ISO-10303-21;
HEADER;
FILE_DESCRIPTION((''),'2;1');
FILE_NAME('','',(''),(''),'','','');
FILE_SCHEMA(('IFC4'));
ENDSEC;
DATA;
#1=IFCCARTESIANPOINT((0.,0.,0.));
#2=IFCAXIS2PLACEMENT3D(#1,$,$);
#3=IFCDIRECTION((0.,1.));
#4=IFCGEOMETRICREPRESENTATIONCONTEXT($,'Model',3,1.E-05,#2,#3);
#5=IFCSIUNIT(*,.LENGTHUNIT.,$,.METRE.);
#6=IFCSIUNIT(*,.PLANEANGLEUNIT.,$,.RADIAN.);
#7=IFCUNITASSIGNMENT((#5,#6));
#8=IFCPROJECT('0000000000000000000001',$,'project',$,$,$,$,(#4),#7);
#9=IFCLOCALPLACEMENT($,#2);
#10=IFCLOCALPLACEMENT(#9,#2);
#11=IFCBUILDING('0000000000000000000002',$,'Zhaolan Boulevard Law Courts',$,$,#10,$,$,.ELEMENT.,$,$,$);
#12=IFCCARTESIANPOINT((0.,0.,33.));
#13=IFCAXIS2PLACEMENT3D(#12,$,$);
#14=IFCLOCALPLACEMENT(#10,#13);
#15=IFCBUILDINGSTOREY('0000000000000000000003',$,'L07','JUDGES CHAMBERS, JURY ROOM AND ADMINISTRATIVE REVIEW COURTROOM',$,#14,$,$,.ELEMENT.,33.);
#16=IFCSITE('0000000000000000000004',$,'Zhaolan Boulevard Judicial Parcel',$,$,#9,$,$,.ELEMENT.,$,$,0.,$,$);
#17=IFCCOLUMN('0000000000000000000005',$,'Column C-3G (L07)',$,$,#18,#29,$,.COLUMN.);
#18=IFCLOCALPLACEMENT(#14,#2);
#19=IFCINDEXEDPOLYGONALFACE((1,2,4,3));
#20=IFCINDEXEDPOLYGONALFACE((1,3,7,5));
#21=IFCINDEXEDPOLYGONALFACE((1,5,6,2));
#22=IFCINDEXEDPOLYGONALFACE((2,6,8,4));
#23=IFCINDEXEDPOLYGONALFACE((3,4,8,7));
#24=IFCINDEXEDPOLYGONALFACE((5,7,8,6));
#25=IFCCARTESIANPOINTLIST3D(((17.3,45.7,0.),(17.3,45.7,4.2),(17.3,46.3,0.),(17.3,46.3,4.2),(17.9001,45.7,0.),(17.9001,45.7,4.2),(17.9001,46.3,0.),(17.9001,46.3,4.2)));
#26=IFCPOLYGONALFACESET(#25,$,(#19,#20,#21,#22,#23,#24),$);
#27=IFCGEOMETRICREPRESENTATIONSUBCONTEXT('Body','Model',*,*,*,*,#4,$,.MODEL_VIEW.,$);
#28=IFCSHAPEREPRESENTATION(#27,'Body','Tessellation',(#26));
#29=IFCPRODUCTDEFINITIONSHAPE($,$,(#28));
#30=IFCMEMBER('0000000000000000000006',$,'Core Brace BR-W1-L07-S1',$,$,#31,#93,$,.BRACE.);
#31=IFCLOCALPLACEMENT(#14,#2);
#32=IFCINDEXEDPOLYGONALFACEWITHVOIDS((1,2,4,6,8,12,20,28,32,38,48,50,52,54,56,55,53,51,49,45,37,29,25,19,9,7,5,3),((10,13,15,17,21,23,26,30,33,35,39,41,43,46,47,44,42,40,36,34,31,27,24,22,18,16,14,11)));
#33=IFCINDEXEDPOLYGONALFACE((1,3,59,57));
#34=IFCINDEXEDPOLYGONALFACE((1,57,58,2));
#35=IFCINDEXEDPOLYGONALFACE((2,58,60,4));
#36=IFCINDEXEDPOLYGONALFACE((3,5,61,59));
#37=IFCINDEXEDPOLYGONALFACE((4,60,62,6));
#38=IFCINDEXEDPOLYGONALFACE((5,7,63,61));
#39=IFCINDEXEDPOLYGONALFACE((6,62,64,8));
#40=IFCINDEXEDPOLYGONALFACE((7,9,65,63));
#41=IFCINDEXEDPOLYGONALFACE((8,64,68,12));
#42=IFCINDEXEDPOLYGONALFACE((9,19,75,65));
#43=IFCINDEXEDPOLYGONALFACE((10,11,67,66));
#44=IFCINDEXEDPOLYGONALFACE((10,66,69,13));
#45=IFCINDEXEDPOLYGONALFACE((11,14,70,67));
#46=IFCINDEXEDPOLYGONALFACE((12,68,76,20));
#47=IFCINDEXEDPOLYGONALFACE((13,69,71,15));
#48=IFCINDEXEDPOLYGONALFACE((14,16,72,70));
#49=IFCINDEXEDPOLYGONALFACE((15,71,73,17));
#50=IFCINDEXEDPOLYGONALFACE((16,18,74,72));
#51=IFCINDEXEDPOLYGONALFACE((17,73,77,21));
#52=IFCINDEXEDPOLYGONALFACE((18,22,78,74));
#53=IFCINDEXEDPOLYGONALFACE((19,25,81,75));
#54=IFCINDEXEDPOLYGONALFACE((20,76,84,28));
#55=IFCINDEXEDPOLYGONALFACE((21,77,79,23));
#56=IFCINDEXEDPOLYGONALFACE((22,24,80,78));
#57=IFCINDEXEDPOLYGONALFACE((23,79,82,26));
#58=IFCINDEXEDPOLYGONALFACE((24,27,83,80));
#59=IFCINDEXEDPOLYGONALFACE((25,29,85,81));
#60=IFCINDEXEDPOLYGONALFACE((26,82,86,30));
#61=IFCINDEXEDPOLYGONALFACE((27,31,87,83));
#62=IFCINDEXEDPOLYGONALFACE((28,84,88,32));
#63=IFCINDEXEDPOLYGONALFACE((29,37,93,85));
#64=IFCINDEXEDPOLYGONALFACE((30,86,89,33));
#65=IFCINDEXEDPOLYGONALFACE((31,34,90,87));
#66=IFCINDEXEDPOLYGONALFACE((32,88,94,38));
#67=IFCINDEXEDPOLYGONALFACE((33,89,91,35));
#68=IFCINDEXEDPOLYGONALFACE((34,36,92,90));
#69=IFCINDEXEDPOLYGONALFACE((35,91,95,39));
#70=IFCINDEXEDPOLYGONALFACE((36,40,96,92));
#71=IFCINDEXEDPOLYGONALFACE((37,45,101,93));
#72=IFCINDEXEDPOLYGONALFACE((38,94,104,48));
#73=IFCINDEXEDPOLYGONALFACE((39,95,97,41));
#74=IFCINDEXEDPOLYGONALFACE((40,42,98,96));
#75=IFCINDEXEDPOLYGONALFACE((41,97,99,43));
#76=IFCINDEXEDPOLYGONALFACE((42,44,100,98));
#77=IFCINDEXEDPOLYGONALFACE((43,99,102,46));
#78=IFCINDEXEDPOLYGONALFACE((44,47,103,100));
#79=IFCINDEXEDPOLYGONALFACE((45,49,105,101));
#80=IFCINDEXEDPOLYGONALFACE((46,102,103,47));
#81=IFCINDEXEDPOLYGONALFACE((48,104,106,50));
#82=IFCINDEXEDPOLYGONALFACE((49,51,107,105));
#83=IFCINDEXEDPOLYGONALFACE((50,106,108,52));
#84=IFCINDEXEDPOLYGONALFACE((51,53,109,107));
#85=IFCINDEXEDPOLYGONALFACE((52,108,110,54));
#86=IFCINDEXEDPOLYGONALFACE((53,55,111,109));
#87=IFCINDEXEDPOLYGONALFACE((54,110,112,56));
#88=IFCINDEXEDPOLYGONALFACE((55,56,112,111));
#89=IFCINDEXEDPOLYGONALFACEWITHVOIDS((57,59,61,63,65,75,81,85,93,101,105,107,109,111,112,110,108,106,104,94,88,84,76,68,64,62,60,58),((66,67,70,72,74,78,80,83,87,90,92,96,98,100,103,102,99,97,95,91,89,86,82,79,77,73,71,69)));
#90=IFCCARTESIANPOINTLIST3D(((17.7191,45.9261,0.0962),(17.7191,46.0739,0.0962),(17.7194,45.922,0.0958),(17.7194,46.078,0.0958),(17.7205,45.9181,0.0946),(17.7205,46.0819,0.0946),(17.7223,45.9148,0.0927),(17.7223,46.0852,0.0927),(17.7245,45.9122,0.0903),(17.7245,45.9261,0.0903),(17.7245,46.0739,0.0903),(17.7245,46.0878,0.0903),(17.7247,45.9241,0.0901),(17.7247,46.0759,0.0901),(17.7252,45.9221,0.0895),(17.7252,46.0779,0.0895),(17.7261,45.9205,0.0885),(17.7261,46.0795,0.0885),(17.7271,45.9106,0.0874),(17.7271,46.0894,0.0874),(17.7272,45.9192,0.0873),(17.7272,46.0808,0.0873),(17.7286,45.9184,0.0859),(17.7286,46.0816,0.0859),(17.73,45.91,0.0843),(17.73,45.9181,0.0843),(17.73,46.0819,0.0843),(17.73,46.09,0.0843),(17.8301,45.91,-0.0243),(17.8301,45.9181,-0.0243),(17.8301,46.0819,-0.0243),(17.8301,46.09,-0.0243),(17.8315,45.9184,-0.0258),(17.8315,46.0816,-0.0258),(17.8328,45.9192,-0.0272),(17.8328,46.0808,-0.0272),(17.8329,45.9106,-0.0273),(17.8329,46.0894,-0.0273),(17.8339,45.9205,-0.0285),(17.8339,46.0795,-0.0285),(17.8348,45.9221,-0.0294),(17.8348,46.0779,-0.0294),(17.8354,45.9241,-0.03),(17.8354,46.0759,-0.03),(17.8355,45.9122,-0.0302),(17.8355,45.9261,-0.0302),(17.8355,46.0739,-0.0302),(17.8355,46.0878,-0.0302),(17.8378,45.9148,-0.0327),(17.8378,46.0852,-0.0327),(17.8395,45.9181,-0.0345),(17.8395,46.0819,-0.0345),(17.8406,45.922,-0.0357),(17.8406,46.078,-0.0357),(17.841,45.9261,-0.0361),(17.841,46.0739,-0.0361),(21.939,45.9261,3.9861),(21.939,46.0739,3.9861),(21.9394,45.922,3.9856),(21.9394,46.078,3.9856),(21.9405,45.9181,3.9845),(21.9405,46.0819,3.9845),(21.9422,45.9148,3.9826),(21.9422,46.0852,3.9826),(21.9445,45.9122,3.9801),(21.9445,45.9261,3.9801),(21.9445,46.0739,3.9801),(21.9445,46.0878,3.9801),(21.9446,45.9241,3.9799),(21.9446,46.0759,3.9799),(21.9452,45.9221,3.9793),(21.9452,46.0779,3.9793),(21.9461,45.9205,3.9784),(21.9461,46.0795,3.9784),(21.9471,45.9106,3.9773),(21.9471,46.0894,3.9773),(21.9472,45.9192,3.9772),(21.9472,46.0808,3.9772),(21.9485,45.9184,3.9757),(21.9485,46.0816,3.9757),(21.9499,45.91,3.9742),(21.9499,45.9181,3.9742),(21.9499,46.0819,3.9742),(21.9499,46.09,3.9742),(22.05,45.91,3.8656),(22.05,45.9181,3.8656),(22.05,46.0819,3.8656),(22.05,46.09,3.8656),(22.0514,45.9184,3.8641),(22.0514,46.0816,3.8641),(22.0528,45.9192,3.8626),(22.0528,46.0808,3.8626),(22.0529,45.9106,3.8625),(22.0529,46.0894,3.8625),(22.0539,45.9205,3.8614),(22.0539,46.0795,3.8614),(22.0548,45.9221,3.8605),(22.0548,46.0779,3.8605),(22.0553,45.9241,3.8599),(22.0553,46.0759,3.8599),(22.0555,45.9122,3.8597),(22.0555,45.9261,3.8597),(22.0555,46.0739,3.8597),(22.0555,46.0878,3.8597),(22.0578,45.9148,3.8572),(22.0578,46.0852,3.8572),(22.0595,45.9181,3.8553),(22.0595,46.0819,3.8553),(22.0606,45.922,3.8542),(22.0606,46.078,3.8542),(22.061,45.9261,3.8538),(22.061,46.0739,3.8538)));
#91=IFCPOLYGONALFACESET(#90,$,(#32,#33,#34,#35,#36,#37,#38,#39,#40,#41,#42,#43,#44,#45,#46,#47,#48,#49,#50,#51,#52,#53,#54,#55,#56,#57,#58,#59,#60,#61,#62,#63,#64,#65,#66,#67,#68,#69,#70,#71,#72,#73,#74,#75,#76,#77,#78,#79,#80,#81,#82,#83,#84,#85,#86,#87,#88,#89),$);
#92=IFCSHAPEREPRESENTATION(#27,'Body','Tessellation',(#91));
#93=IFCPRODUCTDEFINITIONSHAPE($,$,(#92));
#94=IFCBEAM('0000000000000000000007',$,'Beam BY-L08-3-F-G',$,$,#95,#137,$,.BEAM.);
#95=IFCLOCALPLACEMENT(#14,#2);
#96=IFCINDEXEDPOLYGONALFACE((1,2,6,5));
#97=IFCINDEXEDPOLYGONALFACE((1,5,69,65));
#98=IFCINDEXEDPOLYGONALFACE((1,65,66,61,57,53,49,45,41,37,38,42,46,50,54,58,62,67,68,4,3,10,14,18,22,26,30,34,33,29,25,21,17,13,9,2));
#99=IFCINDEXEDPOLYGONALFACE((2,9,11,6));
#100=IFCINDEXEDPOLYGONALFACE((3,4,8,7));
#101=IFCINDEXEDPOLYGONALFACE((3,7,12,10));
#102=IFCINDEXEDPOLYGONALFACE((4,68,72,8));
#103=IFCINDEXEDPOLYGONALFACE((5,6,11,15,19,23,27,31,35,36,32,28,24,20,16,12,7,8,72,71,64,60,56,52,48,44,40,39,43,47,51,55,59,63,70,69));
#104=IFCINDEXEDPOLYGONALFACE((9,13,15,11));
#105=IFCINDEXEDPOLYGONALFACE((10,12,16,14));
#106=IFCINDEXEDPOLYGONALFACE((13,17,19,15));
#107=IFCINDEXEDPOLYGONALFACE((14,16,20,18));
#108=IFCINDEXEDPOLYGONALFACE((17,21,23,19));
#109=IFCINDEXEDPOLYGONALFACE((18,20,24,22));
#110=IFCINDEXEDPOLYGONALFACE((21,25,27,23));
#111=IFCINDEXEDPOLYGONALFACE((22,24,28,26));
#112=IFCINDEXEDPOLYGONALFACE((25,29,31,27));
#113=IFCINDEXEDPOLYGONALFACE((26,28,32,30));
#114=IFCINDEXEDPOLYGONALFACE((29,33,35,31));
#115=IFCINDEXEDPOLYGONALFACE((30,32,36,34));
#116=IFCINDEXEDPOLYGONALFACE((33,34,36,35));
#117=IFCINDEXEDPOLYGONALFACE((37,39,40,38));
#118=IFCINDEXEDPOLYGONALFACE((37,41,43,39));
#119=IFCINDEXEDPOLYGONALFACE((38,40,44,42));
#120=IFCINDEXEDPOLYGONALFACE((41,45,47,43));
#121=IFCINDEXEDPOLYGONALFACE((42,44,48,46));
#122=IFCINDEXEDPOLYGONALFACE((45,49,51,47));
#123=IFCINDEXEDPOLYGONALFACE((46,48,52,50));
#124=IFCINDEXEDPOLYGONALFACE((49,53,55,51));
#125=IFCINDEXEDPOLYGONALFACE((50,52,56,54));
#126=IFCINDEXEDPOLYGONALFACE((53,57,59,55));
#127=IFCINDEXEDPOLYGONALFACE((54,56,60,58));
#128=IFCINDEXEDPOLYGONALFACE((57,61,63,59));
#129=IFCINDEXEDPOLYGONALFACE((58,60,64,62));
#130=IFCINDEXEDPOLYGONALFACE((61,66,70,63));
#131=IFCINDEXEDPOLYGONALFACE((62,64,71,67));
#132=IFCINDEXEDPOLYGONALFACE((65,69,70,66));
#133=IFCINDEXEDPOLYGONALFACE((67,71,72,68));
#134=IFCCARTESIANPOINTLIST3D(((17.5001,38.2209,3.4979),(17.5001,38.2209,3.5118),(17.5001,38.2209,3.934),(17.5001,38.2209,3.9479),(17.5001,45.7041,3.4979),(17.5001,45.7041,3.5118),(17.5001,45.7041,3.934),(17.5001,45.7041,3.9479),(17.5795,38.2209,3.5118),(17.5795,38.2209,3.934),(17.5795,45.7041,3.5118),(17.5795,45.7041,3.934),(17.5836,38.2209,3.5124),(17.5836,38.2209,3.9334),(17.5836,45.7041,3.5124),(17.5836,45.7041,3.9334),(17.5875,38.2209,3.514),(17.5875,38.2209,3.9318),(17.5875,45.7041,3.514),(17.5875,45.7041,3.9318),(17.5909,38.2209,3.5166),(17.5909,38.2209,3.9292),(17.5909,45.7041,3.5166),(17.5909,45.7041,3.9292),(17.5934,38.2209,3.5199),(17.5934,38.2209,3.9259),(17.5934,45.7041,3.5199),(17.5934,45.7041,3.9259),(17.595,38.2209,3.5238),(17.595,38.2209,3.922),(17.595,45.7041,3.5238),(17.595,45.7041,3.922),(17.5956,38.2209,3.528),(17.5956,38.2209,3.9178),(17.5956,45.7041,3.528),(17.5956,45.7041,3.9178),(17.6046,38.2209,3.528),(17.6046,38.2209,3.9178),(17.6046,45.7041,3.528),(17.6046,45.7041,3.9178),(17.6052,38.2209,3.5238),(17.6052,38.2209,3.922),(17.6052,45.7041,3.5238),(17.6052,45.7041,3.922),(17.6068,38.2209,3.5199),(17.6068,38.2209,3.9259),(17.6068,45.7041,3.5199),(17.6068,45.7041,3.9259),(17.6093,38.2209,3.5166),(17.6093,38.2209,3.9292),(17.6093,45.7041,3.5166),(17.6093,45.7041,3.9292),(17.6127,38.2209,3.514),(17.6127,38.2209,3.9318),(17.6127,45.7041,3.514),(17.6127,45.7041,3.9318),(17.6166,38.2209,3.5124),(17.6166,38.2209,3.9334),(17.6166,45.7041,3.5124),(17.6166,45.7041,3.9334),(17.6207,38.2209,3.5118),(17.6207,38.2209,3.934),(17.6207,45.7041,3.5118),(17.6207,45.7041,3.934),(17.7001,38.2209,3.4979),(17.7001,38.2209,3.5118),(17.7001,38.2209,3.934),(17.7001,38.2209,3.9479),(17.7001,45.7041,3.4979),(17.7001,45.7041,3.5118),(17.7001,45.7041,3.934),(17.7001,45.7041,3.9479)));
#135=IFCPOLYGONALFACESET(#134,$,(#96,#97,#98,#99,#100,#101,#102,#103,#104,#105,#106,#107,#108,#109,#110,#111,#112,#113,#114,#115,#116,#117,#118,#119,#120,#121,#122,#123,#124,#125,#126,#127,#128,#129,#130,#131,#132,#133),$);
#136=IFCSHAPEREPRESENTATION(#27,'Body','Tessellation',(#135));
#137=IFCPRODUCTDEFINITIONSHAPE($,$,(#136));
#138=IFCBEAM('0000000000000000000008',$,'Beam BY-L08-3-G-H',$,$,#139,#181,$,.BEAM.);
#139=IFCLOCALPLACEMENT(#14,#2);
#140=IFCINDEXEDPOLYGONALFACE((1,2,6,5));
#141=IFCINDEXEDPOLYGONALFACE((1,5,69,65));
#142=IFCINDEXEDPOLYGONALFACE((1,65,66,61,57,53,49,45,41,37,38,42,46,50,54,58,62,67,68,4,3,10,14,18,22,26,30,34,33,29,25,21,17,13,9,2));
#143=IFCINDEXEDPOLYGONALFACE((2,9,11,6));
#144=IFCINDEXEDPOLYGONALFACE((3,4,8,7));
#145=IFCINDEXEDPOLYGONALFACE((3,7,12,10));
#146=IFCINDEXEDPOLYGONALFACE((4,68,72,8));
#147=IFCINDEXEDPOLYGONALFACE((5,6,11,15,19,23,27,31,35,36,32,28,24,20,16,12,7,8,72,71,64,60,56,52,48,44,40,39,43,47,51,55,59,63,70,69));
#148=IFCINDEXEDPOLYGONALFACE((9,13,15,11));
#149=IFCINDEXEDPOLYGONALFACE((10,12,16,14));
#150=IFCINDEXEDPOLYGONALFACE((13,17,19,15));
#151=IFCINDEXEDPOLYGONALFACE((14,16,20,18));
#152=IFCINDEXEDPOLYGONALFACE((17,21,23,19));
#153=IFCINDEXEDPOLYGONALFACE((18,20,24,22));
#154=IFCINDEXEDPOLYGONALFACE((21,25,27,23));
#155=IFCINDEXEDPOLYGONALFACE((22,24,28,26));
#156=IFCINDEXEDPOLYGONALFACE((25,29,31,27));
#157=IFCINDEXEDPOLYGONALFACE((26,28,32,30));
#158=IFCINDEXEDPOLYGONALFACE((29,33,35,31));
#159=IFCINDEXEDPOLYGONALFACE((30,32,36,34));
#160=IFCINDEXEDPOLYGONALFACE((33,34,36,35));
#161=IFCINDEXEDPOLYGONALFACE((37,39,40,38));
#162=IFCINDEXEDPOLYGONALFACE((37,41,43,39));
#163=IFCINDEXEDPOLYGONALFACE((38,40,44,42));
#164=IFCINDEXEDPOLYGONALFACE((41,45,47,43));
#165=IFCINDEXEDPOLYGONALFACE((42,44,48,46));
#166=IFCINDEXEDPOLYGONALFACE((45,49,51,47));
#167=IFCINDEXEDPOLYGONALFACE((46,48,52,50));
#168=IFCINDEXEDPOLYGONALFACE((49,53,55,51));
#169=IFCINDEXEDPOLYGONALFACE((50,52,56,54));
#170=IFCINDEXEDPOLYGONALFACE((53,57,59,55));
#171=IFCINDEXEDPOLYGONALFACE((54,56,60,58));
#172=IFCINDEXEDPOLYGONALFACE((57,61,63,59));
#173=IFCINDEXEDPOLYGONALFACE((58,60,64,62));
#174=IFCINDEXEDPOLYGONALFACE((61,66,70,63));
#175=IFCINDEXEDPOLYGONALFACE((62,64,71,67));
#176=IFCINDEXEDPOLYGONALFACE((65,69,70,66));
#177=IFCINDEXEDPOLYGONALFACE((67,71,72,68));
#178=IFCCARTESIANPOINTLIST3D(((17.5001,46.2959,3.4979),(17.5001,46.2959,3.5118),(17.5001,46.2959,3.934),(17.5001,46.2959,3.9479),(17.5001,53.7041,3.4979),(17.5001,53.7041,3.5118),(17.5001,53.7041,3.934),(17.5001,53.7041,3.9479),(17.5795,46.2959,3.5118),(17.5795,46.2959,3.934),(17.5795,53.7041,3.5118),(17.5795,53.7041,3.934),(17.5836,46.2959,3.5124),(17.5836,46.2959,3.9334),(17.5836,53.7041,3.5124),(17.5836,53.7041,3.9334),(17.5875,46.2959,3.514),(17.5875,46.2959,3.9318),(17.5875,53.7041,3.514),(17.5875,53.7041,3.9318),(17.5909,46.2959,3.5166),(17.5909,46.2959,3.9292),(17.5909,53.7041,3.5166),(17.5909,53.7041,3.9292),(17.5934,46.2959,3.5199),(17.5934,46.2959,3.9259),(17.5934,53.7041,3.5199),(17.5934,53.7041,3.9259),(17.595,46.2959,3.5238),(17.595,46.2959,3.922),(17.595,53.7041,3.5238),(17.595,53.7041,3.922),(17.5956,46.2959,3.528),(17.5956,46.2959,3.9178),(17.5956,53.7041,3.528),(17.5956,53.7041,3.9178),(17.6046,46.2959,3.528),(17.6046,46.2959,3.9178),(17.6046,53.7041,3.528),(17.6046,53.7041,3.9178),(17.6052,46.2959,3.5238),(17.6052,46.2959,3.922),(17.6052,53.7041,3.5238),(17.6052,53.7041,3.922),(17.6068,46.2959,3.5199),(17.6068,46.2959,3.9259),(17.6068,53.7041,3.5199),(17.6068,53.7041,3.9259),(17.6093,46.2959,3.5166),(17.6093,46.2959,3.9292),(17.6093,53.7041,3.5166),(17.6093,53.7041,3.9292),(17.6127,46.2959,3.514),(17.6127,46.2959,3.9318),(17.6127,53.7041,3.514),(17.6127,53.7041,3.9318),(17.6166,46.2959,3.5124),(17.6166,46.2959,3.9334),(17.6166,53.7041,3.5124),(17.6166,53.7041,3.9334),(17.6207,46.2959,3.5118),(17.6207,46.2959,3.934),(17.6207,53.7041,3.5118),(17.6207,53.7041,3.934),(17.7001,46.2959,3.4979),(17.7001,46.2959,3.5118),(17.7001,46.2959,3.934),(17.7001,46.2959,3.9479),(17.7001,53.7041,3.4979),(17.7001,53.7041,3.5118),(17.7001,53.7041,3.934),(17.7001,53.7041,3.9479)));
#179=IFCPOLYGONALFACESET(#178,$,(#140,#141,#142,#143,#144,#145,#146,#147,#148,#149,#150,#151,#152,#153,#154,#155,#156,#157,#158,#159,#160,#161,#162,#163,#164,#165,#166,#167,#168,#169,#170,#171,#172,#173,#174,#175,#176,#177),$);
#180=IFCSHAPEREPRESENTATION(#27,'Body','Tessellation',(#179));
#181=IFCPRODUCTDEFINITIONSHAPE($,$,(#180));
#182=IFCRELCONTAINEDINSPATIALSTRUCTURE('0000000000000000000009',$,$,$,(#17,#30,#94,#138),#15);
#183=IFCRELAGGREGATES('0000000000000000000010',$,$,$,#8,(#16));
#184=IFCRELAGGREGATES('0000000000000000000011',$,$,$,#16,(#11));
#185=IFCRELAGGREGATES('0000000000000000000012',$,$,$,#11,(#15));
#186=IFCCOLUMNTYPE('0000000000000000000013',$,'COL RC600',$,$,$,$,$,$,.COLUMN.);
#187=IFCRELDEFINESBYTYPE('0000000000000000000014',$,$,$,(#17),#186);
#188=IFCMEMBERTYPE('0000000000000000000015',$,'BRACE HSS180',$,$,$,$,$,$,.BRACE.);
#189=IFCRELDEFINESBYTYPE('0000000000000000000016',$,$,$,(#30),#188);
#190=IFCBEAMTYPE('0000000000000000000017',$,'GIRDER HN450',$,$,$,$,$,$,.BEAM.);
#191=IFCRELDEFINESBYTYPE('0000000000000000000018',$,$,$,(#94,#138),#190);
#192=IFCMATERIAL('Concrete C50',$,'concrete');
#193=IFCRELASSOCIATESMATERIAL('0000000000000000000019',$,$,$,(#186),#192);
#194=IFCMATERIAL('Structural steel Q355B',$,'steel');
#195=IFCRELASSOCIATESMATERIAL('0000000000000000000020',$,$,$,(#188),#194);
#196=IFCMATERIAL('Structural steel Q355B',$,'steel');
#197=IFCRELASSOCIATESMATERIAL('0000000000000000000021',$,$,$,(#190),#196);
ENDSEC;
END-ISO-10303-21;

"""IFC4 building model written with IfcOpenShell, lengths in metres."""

from ifc_helpers import new_model, si_unit, direction, frame, origin, origin_2d, place, context, subcontext, project, spatial, rectangle, hollow_rectangle, i_section, extrude, material, material_profile, profile_set, type_object, element, save


model = new_model("IFC4")

# Units and contexts
model_context = context("Model", 3, precision=1e-05, world=origin(), true_north=direction((0.0, 1.0)))
body_context = subcontext(model_context, "Body", "Model", "MODEL_VIEW")
ifc_project = project(units=[si_unit("LENGTHUNIT", "METRE"), si_unit("PLANEANGLEUNIT", "RADIAN")], contexts=[model_context])

# Site, building, storey
site_placement = place(None, origin())
site = spatial("IfcSite", under=ifc_project, at=site_placement, Name="Zhaolan Boulevard Judicial Parcel", CompositionType="ELEMENT", RefElevation=0.0)
building_placement = place(site_placement, origin())
building = spatial("IfcBuilding", under=site, at=building_placement, Name="Zhaolan Boulevard Law Courts", CompositionType="ELEMENT")
storey_placement = place(building_placement, frame((0.0, 0.0, 33.0)))
storey = spatial("IfcBuildingStorey", under=building, at=storey_placement, Name="L07", Description="JUDGES CHAMBERS, JURY ROOM AND ADMINISTRATIVE REVIEW COURTROOM", CompositionType="ELEMENT", Elevation=33.0)

# Column
ifc_material_1 = material(Name="Concrete C50", Category="concrete")
ifc_material_profile_1 = material_profile(ifc_material_1, rectangle(XDim=0.6001, YDim=0.6001, at=origin_2d()), Name="RC600x600")
ifc_profile_set_1 = profile_set([ifc_material_profile_1], Name="Concrete C50")
column_type = type_object("IfcColumnType", Name="COL RC600", PredefinedType="COLUMN", material=ifc_profile_set_1)
column_placement = place(storey_placement, frame((17.6001, 46.0, 0.0), z_axis=(0.0, 0.0, 1.0), x_axis=(1.0, 0.0, 0.0)))
element("IfcColumn", 1, at=column_placement, inside=storey, type_object=column_type, Name="Column C-3G (L07)", PredefinedType="COLUMN", context=body_context, shape_type="SweptSolid", body=[
    extrude(rectangle(XDim=0.6001, YDim=0.6001, at=origin_2d()), origin(), (0.0, 0.0, 1.0), 4.2),
])

# Member
ifc_material_2 = material(Name="Structural steel Q355B", Category="steel")
ifc_material_profile_2 = material_profile(ifc_material_2, hollow_rectangle(XDim=0.1799, YDim=0.1799, WallThickness=0.0081, InnerFilletRadius=0.0081, OuterFilletRadius=0.0161, at=origin_2d()), Name="HSS180x180x8")
ifc_profile_set_2 = profile_set([ifc_material_profile_2], Name="Structural steel Q355B")
member_type = type_object("IfcMemberType", Name="BRACE HSS180", PredefinedType="BRACE", material=ifc_profile_set_2)
member_placement = place(storey_placement, frame((17.78, 46.0, 0.03), z_axis=(0.735278, 0.0, 0.677766), x_axis=(0.0, 1.0, 0.0)))
element("IfcMember", 2, at=member_placement, inside=storey, type_object=member_type, Name="Core Brace BR-W1-L07-S1", PredefinedType="BRACE", context=body_context, shape_type="SweptSolid", body=[
    extrude(hollow_rectangle(XDim=0.1799, YDim=0.1799, WallThickness=0.0081, InnerFilletRadius=0.0081, OuterFilletRadius=0.0161, at=origin_2d()), origin(), (0.0, 0.0, 1.0), 5.7393),
])

# Beams
ifc_material_3 = material(Name="Structural steel Q355B", Category="steel")
ifc_material_profile_3 = material_profile(ifc_material_3, i_section(OverallWidth=0.2, OverallDepth=0.45, WebThickness=0.009, FlangeThickness=0.0139, FilletRadius=0.0161, at=origin_2d()), Name="HN450x200")
ifc_profile_set_3 = profile_set([ifc_material_profile_3], Name="Structural steel Q355B")
beam_type_1 = type_object("IfcBeamType", Name="GIRDER HN450", PredefinedType="BEAM", material=ifc_profile_set_3)
beam_1_placement = place(storey_placement, frame((17.6001, 38.2209, 3.7229), z_axis=(0.0, 1.0, 0.0), x_axis=(-1.0, 0.0, 0.0)))
element("IfcBeam", 3, at=beam_1_placement, inside=storey, type_object=beam_type_1, Name="Beam BY-L08-3-F-G", PredefinedType="BEAM", context=body_context, shape_type="SweptSolid", body=[
    extrude(i_section(OverallWidth=0.2, OverallDepth=0.45, WebThickness=0.009, FlangeThickness=0.0139, FilletRadius=0.0161, at=origin_2d()), origin(), (0.0, 0.0, 1.0), 7.4832),
])
beam_2_placement = place(storey_placement, frame((17.6001, 46.2959, 3.7229), z_axis=(0.0, 1.0, 0.0), x_axis=(-1.0, 0.0, 0.0)))
element("IfcBeam", 4, at=beam_2_placement, inside=storey, type_object=beam_type_1, Name="Beam BY-L08-3-G-H", PredefinedType="BEAM", context=body_context, shape_type="SweptSolid", body=[
    extrude(i_section(OverallWidth=0.2, OverallDepth=0.45, WebThickness=0.009, FlangeThickness=0.0139, FilletRadius=0.0161, at=origin_2d()), origin(), (0.0, 0.0, 1.0), 7.4082),
])

save(model, "model.ifc")
